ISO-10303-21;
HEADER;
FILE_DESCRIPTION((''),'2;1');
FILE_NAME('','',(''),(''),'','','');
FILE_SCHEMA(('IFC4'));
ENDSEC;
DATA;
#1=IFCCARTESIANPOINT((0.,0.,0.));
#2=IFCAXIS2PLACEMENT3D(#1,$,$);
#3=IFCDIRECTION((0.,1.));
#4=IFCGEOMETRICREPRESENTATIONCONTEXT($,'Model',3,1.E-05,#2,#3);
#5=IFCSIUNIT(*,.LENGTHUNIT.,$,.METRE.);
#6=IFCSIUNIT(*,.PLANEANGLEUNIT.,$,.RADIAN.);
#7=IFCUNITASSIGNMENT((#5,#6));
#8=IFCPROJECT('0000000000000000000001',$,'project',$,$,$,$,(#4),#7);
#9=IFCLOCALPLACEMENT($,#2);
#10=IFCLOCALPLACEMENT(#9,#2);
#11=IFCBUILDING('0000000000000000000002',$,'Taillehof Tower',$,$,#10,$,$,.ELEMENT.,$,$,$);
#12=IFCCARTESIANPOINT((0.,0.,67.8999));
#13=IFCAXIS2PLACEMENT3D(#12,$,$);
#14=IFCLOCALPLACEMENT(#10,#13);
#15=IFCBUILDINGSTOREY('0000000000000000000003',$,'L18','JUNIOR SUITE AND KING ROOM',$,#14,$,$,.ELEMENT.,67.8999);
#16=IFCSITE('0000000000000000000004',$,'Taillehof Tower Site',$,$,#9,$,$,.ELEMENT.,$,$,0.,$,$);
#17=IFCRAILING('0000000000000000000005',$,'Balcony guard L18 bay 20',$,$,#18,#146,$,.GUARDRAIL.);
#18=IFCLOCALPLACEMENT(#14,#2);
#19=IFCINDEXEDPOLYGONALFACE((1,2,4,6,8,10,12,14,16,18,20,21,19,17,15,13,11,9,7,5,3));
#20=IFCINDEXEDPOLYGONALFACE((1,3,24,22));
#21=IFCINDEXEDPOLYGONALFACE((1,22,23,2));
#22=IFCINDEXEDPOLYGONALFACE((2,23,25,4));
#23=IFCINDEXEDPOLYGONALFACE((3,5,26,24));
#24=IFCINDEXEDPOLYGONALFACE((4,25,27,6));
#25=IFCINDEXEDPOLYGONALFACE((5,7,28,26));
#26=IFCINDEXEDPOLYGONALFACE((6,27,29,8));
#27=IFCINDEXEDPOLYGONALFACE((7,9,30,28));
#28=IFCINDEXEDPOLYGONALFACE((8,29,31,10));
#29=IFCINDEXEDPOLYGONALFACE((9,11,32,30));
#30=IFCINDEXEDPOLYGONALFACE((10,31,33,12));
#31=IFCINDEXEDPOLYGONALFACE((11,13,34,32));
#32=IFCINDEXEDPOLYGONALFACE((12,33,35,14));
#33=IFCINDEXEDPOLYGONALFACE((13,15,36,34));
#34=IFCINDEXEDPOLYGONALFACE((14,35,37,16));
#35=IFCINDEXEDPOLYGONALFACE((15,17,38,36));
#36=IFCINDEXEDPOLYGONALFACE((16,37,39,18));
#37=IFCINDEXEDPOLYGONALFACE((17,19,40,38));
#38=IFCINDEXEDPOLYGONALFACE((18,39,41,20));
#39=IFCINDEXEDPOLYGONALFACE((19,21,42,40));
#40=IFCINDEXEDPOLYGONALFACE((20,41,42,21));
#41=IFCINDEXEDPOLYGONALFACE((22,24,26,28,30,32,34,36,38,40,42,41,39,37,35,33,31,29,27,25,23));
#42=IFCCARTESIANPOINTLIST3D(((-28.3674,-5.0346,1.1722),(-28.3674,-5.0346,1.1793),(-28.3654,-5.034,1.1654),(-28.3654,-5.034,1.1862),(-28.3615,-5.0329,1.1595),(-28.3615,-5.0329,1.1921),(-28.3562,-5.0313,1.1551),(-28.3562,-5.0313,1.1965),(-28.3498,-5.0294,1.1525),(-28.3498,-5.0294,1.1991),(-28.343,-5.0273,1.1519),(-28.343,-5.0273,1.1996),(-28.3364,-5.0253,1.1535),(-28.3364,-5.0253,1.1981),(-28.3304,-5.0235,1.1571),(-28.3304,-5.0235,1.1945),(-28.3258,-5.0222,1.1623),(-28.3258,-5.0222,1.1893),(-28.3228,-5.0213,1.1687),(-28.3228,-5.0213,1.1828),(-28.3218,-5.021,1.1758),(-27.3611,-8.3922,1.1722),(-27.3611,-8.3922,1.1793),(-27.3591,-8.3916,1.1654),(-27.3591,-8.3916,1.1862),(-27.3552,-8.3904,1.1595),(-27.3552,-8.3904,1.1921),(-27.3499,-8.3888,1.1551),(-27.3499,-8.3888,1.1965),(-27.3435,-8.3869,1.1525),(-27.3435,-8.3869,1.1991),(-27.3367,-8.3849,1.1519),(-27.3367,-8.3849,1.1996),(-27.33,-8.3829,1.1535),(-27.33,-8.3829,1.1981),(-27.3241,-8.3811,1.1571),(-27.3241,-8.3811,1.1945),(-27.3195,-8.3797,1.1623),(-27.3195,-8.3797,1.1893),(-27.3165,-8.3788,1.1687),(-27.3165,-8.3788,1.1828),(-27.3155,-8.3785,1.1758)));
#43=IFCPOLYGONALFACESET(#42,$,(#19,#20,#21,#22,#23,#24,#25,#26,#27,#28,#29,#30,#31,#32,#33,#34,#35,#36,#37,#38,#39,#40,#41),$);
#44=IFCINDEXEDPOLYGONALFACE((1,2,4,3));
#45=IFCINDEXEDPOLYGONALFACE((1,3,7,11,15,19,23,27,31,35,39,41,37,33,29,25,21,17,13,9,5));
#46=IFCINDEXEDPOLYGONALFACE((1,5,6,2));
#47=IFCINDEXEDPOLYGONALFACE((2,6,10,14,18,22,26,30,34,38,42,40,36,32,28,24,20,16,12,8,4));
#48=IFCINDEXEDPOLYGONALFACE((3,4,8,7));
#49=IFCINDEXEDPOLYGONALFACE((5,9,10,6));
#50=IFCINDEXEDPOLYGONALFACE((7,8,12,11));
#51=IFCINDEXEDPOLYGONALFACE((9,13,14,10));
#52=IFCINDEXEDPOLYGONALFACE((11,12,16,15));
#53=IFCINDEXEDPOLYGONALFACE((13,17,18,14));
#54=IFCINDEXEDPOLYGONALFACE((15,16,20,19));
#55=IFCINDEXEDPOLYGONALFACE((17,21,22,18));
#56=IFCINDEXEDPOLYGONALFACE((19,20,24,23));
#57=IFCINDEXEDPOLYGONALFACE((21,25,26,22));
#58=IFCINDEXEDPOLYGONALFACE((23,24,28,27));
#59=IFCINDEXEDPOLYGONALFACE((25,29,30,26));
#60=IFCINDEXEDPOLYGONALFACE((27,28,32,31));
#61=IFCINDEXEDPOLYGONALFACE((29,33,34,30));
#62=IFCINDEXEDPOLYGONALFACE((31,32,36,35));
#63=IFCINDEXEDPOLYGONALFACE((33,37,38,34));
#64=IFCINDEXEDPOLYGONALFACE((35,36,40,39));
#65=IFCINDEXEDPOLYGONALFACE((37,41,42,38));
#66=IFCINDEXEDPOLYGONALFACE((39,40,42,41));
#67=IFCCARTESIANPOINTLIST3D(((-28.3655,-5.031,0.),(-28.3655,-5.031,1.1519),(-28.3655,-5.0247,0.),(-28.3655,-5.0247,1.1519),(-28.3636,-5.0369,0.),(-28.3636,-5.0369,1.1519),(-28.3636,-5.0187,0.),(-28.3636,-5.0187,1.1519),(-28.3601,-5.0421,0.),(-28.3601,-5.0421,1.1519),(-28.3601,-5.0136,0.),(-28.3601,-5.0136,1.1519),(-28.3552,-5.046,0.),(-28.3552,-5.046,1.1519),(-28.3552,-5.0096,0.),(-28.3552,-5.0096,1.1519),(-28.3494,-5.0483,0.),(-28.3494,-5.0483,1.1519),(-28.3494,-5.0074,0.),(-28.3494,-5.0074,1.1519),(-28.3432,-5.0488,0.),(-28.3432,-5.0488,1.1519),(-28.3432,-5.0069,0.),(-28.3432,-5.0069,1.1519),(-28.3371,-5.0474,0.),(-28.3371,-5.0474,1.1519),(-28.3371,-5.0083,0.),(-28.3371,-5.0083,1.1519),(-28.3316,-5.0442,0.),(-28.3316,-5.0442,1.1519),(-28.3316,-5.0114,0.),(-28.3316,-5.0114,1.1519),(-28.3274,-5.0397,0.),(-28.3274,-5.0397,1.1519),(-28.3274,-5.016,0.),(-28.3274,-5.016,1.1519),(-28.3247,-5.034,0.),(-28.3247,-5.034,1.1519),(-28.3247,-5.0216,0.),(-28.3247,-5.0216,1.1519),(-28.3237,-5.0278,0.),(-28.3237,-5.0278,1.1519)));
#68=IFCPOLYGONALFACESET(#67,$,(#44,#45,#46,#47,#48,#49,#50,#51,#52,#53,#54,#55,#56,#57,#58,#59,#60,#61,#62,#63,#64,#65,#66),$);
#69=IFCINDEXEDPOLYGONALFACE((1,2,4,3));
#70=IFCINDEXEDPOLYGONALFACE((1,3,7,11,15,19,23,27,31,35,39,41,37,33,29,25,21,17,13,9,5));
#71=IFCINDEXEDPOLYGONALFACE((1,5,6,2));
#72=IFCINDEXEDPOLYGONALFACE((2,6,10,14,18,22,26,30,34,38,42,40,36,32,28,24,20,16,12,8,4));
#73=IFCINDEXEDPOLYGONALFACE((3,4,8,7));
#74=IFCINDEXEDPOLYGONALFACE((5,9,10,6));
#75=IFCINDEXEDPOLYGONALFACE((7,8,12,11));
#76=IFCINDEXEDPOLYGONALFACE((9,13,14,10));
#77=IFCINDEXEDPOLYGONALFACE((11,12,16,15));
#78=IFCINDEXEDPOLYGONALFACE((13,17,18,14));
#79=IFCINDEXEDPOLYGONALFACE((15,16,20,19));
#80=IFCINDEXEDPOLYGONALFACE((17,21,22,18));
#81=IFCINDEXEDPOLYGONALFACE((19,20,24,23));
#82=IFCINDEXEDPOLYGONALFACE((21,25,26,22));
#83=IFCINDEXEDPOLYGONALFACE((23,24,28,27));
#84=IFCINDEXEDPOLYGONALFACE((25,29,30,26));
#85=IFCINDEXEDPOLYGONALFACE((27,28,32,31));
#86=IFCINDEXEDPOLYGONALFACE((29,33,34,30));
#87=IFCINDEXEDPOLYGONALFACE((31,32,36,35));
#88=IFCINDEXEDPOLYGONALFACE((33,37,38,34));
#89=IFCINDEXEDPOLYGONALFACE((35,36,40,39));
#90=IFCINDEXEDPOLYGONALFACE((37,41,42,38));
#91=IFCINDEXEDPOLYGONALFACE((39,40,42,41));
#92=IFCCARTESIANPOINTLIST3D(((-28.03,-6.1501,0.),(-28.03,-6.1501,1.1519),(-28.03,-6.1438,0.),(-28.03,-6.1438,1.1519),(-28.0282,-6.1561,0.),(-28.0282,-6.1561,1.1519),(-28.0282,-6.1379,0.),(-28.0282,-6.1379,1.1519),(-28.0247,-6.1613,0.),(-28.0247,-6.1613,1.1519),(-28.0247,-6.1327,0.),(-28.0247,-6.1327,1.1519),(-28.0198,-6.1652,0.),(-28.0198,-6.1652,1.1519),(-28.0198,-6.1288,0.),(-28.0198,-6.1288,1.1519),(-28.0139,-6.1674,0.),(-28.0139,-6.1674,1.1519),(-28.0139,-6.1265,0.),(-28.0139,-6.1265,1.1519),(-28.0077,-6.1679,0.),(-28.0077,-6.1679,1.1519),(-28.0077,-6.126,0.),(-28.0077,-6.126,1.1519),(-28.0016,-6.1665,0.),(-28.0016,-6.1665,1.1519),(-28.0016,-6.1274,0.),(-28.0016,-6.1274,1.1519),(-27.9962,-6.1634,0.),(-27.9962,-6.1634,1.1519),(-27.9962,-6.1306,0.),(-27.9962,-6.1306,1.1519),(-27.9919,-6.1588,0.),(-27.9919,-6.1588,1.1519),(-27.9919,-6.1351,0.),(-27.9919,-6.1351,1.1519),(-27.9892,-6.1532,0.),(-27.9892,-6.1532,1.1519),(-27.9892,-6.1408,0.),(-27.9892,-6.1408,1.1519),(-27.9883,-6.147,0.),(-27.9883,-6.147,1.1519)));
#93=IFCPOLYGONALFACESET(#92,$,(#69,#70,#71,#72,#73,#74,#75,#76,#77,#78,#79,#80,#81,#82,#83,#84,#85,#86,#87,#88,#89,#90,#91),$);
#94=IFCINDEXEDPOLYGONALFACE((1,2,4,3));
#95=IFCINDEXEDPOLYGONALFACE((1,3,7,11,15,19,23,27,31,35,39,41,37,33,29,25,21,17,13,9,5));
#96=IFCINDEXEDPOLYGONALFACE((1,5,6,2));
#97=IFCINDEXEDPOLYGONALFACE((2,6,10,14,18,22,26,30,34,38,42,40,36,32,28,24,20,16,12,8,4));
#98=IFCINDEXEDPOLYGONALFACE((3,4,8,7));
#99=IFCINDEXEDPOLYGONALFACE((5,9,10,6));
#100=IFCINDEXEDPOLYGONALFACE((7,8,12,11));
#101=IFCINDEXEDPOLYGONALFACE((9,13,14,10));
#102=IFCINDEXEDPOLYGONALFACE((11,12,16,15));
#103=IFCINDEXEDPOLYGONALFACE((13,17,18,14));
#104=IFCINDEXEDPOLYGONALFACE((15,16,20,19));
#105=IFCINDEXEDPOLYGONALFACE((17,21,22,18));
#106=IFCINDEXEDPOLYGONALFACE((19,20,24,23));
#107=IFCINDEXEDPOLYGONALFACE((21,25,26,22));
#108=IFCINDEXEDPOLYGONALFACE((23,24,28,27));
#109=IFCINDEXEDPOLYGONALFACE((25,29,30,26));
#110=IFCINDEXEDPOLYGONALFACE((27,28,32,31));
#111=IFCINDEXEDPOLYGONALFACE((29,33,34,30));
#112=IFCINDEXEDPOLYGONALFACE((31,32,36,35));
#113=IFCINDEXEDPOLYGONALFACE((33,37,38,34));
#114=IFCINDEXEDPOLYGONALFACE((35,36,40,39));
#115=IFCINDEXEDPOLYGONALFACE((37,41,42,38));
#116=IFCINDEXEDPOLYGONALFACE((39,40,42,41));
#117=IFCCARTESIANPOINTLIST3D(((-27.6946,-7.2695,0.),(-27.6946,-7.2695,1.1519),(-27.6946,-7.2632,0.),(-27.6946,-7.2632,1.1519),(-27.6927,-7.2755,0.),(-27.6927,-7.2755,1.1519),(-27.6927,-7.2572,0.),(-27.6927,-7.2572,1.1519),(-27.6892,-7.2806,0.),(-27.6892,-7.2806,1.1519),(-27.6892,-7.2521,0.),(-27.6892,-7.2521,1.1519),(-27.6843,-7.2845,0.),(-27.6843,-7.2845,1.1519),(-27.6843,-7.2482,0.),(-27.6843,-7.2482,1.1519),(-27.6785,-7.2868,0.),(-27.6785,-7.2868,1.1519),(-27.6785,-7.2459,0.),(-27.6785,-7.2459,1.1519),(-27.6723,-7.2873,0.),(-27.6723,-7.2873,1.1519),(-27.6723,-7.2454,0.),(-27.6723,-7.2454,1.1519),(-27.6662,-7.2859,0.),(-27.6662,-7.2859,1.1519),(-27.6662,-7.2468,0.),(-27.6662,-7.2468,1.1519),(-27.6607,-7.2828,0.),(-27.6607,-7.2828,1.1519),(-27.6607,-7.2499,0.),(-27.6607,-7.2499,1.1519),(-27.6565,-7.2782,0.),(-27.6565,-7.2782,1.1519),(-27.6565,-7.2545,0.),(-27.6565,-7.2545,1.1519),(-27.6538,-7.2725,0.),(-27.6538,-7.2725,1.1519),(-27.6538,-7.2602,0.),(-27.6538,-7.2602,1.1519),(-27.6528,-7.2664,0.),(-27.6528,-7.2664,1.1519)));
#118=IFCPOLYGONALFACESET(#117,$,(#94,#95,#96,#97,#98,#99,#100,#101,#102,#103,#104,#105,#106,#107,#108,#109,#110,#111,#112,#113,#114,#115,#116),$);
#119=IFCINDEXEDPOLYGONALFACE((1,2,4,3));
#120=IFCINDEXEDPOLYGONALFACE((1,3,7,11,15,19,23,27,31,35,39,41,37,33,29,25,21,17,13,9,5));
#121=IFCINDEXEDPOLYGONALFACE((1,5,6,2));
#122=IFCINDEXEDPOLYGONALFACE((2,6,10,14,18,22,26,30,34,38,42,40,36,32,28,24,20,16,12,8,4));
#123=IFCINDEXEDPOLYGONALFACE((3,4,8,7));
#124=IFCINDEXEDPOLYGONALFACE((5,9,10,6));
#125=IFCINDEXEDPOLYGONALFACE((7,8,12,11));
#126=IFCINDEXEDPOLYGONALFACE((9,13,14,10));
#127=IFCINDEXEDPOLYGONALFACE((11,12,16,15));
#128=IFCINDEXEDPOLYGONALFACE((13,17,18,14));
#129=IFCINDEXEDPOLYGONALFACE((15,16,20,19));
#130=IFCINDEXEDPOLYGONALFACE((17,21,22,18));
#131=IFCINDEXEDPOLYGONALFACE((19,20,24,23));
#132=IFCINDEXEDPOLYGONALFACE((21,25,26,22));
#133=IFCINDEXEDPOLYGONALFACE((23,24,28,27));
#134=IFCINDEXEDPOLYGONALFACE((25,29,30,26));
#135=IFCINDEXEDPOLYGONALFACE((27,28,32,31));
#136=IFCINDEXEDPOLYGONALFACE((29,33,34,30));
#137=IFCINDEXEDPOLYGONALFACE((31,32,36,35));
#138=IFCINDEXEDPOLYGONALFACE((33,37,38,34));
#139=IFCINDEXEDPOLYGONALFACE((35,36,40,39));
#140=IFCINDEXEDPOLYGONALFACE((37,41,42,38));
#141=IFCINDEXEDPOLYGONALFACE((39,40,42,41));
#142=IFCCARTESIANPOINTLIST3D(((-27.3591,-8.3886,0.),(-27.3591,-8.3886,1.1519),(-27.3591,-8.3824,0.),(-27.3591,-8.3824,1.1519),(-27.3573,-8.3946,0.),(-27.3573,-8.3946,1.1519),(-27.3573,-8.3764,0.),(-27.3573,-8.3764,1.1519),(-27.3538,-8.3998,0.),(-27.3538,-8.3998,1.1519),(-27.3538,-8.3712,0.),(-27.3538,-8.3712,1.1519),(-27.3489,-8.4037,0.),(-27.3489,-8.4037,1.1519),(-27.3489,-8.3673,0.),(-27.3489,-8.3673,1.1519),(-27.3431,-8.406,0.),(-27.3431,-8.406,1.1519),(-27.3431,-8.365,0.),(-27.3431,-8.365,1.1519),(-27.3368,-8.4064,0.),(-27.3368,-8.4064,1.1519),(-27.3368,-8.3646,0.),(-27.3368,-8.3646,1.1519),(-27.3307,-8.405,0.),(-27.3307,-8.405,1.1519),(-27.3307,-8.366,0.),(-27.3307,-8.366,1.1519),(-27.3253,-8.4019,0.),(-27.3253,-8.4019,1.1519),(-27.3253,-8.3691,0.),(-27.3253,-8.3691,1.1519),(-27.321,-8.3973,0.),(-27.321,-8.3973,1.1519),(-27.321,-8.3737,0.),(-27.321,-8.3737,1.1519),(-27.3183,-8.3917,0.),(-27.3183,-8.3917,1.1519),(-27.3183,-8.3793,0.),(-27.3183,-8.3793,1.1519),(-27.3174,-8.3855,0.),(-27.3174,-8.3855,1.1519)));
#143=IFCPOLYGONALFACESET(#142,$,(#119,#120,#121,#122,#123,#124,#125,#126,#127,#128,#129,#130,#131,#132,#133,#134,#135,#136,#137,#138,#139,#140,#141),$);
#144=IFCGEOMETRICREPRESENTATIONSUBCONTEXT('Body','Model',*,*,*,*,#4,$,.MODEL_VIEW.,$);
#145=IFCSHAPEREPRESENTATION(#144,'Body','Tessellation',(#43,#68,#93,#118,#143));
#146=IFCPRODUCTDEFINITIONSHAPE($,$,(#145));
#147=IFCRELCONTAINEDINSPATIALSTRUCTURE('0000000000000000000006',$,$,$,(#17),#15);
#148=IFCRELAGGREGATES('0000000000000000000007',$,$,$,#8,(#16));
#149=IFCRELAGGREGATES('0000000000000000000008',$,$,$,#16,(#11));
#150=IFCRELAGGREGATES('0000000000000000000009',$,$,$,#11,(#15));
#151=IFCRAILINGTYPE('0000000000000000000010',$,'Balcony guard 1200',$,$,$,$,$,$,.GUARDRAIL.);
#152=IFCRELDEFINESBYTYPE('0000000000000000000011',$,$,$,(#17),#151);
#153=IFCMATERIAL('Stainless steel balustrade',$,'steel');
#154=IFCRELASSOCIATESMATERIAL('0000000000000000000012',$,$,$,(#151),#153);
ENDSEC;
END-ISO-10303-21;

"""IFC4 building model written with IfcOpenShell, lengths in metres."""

from ifc_helpers import new_model, si_unit, direction, frame, origin, origin_2d, place, context, subcontext, project, spatial, circle, extrude, material, type_object, element, save


model = new_model("IFC4")

# Units and contexts
model_context = context("Model", 3, precision=1e-05, world=origin(), true_north=direction((0.0, 1.0)))
body_context = subcontext(model_context, "Body", "Model", "MODEL_VIEW")
ifc_project = project(units=[si_unit("LENGTHUNIT", "METRE"), si_unit("PLANEANGLEUNIT", "RADIAN")], contexts=[model_context])

# Site, building, storey
site_placement = place(None, origin())
site = spatial("IfcSite", under=ifc_project, at=site_placement, Name="Taillehof Tower Site", CompositionType="ELEMENT", RefElevation=0.0)
building_placement = place(site_placement, origin())
building = spatial("IfcBuilding", under=site, at=building_placement, Name="Taillehof Tower", CompositionType="ELEMENT")
storey_placement = place(building_placement, frame((0.0, 0.0, 67.8999)))
storey = spatial("IfcBuildingStorey", under=building, at=storey_placement, Name="L18", Description="JUNIOR SUITE AND KING ROOM", CompositionType="ELEMENT", Elevation=67.8999)

# Railing
ifc_material_1 = material(Name="Stainless steel balustrade", Category="steel")
railing_type = type_object("IfcRailingType", Name="Balcony guard 1200", PredefinedType="GUARDRAIL", material=ifc_material_1)
railing_1_placement = place(storey_placement, frame((-28.3447, -5.0278, 0.0)))
element("IfcRailing", 1, at=railing_1_placement, inside=storey, type_object=railing_type, Name="Balcony guard L18 bay 20", PredefinedType="GUARDRAIL", context=body_context, shape_type="SweptSolid", body=[
    extrude(circle(Radius=0.0239, at=origin_2d()), frame((0.0, 0.0, 1.1758), z_axis=(0.287099, -0.957901, 0.0), x_axis=(0.957901, 0.287099, 0.0)), (0.0, 0.0, 1.0), 3.5051),
    extrude(circle(Radius=0.021, at=origin_2d()), origin(), (0.0, 0.0, 1.0), 1.1519),
    extrude(circle(Radius=0.021, at=origin_2d()), frame((0.3354, -1.1191, 0.0)), (0.0, 0.0, 1.0), 1.1519),
    extrude(circle(Radius=0.021, at=origin_2d()), frame((0.6709, -2.2385, 0.0)), (0.0, 0.0, 1.0), 1.1519),
    extrude(circle(Radius=0.021, at=origin_2d()), frame((1.0063, -3.3577, 0.0)), (0.0, 0.0, 1.0), 1.1519),
])

save(model, "model.ifc")
